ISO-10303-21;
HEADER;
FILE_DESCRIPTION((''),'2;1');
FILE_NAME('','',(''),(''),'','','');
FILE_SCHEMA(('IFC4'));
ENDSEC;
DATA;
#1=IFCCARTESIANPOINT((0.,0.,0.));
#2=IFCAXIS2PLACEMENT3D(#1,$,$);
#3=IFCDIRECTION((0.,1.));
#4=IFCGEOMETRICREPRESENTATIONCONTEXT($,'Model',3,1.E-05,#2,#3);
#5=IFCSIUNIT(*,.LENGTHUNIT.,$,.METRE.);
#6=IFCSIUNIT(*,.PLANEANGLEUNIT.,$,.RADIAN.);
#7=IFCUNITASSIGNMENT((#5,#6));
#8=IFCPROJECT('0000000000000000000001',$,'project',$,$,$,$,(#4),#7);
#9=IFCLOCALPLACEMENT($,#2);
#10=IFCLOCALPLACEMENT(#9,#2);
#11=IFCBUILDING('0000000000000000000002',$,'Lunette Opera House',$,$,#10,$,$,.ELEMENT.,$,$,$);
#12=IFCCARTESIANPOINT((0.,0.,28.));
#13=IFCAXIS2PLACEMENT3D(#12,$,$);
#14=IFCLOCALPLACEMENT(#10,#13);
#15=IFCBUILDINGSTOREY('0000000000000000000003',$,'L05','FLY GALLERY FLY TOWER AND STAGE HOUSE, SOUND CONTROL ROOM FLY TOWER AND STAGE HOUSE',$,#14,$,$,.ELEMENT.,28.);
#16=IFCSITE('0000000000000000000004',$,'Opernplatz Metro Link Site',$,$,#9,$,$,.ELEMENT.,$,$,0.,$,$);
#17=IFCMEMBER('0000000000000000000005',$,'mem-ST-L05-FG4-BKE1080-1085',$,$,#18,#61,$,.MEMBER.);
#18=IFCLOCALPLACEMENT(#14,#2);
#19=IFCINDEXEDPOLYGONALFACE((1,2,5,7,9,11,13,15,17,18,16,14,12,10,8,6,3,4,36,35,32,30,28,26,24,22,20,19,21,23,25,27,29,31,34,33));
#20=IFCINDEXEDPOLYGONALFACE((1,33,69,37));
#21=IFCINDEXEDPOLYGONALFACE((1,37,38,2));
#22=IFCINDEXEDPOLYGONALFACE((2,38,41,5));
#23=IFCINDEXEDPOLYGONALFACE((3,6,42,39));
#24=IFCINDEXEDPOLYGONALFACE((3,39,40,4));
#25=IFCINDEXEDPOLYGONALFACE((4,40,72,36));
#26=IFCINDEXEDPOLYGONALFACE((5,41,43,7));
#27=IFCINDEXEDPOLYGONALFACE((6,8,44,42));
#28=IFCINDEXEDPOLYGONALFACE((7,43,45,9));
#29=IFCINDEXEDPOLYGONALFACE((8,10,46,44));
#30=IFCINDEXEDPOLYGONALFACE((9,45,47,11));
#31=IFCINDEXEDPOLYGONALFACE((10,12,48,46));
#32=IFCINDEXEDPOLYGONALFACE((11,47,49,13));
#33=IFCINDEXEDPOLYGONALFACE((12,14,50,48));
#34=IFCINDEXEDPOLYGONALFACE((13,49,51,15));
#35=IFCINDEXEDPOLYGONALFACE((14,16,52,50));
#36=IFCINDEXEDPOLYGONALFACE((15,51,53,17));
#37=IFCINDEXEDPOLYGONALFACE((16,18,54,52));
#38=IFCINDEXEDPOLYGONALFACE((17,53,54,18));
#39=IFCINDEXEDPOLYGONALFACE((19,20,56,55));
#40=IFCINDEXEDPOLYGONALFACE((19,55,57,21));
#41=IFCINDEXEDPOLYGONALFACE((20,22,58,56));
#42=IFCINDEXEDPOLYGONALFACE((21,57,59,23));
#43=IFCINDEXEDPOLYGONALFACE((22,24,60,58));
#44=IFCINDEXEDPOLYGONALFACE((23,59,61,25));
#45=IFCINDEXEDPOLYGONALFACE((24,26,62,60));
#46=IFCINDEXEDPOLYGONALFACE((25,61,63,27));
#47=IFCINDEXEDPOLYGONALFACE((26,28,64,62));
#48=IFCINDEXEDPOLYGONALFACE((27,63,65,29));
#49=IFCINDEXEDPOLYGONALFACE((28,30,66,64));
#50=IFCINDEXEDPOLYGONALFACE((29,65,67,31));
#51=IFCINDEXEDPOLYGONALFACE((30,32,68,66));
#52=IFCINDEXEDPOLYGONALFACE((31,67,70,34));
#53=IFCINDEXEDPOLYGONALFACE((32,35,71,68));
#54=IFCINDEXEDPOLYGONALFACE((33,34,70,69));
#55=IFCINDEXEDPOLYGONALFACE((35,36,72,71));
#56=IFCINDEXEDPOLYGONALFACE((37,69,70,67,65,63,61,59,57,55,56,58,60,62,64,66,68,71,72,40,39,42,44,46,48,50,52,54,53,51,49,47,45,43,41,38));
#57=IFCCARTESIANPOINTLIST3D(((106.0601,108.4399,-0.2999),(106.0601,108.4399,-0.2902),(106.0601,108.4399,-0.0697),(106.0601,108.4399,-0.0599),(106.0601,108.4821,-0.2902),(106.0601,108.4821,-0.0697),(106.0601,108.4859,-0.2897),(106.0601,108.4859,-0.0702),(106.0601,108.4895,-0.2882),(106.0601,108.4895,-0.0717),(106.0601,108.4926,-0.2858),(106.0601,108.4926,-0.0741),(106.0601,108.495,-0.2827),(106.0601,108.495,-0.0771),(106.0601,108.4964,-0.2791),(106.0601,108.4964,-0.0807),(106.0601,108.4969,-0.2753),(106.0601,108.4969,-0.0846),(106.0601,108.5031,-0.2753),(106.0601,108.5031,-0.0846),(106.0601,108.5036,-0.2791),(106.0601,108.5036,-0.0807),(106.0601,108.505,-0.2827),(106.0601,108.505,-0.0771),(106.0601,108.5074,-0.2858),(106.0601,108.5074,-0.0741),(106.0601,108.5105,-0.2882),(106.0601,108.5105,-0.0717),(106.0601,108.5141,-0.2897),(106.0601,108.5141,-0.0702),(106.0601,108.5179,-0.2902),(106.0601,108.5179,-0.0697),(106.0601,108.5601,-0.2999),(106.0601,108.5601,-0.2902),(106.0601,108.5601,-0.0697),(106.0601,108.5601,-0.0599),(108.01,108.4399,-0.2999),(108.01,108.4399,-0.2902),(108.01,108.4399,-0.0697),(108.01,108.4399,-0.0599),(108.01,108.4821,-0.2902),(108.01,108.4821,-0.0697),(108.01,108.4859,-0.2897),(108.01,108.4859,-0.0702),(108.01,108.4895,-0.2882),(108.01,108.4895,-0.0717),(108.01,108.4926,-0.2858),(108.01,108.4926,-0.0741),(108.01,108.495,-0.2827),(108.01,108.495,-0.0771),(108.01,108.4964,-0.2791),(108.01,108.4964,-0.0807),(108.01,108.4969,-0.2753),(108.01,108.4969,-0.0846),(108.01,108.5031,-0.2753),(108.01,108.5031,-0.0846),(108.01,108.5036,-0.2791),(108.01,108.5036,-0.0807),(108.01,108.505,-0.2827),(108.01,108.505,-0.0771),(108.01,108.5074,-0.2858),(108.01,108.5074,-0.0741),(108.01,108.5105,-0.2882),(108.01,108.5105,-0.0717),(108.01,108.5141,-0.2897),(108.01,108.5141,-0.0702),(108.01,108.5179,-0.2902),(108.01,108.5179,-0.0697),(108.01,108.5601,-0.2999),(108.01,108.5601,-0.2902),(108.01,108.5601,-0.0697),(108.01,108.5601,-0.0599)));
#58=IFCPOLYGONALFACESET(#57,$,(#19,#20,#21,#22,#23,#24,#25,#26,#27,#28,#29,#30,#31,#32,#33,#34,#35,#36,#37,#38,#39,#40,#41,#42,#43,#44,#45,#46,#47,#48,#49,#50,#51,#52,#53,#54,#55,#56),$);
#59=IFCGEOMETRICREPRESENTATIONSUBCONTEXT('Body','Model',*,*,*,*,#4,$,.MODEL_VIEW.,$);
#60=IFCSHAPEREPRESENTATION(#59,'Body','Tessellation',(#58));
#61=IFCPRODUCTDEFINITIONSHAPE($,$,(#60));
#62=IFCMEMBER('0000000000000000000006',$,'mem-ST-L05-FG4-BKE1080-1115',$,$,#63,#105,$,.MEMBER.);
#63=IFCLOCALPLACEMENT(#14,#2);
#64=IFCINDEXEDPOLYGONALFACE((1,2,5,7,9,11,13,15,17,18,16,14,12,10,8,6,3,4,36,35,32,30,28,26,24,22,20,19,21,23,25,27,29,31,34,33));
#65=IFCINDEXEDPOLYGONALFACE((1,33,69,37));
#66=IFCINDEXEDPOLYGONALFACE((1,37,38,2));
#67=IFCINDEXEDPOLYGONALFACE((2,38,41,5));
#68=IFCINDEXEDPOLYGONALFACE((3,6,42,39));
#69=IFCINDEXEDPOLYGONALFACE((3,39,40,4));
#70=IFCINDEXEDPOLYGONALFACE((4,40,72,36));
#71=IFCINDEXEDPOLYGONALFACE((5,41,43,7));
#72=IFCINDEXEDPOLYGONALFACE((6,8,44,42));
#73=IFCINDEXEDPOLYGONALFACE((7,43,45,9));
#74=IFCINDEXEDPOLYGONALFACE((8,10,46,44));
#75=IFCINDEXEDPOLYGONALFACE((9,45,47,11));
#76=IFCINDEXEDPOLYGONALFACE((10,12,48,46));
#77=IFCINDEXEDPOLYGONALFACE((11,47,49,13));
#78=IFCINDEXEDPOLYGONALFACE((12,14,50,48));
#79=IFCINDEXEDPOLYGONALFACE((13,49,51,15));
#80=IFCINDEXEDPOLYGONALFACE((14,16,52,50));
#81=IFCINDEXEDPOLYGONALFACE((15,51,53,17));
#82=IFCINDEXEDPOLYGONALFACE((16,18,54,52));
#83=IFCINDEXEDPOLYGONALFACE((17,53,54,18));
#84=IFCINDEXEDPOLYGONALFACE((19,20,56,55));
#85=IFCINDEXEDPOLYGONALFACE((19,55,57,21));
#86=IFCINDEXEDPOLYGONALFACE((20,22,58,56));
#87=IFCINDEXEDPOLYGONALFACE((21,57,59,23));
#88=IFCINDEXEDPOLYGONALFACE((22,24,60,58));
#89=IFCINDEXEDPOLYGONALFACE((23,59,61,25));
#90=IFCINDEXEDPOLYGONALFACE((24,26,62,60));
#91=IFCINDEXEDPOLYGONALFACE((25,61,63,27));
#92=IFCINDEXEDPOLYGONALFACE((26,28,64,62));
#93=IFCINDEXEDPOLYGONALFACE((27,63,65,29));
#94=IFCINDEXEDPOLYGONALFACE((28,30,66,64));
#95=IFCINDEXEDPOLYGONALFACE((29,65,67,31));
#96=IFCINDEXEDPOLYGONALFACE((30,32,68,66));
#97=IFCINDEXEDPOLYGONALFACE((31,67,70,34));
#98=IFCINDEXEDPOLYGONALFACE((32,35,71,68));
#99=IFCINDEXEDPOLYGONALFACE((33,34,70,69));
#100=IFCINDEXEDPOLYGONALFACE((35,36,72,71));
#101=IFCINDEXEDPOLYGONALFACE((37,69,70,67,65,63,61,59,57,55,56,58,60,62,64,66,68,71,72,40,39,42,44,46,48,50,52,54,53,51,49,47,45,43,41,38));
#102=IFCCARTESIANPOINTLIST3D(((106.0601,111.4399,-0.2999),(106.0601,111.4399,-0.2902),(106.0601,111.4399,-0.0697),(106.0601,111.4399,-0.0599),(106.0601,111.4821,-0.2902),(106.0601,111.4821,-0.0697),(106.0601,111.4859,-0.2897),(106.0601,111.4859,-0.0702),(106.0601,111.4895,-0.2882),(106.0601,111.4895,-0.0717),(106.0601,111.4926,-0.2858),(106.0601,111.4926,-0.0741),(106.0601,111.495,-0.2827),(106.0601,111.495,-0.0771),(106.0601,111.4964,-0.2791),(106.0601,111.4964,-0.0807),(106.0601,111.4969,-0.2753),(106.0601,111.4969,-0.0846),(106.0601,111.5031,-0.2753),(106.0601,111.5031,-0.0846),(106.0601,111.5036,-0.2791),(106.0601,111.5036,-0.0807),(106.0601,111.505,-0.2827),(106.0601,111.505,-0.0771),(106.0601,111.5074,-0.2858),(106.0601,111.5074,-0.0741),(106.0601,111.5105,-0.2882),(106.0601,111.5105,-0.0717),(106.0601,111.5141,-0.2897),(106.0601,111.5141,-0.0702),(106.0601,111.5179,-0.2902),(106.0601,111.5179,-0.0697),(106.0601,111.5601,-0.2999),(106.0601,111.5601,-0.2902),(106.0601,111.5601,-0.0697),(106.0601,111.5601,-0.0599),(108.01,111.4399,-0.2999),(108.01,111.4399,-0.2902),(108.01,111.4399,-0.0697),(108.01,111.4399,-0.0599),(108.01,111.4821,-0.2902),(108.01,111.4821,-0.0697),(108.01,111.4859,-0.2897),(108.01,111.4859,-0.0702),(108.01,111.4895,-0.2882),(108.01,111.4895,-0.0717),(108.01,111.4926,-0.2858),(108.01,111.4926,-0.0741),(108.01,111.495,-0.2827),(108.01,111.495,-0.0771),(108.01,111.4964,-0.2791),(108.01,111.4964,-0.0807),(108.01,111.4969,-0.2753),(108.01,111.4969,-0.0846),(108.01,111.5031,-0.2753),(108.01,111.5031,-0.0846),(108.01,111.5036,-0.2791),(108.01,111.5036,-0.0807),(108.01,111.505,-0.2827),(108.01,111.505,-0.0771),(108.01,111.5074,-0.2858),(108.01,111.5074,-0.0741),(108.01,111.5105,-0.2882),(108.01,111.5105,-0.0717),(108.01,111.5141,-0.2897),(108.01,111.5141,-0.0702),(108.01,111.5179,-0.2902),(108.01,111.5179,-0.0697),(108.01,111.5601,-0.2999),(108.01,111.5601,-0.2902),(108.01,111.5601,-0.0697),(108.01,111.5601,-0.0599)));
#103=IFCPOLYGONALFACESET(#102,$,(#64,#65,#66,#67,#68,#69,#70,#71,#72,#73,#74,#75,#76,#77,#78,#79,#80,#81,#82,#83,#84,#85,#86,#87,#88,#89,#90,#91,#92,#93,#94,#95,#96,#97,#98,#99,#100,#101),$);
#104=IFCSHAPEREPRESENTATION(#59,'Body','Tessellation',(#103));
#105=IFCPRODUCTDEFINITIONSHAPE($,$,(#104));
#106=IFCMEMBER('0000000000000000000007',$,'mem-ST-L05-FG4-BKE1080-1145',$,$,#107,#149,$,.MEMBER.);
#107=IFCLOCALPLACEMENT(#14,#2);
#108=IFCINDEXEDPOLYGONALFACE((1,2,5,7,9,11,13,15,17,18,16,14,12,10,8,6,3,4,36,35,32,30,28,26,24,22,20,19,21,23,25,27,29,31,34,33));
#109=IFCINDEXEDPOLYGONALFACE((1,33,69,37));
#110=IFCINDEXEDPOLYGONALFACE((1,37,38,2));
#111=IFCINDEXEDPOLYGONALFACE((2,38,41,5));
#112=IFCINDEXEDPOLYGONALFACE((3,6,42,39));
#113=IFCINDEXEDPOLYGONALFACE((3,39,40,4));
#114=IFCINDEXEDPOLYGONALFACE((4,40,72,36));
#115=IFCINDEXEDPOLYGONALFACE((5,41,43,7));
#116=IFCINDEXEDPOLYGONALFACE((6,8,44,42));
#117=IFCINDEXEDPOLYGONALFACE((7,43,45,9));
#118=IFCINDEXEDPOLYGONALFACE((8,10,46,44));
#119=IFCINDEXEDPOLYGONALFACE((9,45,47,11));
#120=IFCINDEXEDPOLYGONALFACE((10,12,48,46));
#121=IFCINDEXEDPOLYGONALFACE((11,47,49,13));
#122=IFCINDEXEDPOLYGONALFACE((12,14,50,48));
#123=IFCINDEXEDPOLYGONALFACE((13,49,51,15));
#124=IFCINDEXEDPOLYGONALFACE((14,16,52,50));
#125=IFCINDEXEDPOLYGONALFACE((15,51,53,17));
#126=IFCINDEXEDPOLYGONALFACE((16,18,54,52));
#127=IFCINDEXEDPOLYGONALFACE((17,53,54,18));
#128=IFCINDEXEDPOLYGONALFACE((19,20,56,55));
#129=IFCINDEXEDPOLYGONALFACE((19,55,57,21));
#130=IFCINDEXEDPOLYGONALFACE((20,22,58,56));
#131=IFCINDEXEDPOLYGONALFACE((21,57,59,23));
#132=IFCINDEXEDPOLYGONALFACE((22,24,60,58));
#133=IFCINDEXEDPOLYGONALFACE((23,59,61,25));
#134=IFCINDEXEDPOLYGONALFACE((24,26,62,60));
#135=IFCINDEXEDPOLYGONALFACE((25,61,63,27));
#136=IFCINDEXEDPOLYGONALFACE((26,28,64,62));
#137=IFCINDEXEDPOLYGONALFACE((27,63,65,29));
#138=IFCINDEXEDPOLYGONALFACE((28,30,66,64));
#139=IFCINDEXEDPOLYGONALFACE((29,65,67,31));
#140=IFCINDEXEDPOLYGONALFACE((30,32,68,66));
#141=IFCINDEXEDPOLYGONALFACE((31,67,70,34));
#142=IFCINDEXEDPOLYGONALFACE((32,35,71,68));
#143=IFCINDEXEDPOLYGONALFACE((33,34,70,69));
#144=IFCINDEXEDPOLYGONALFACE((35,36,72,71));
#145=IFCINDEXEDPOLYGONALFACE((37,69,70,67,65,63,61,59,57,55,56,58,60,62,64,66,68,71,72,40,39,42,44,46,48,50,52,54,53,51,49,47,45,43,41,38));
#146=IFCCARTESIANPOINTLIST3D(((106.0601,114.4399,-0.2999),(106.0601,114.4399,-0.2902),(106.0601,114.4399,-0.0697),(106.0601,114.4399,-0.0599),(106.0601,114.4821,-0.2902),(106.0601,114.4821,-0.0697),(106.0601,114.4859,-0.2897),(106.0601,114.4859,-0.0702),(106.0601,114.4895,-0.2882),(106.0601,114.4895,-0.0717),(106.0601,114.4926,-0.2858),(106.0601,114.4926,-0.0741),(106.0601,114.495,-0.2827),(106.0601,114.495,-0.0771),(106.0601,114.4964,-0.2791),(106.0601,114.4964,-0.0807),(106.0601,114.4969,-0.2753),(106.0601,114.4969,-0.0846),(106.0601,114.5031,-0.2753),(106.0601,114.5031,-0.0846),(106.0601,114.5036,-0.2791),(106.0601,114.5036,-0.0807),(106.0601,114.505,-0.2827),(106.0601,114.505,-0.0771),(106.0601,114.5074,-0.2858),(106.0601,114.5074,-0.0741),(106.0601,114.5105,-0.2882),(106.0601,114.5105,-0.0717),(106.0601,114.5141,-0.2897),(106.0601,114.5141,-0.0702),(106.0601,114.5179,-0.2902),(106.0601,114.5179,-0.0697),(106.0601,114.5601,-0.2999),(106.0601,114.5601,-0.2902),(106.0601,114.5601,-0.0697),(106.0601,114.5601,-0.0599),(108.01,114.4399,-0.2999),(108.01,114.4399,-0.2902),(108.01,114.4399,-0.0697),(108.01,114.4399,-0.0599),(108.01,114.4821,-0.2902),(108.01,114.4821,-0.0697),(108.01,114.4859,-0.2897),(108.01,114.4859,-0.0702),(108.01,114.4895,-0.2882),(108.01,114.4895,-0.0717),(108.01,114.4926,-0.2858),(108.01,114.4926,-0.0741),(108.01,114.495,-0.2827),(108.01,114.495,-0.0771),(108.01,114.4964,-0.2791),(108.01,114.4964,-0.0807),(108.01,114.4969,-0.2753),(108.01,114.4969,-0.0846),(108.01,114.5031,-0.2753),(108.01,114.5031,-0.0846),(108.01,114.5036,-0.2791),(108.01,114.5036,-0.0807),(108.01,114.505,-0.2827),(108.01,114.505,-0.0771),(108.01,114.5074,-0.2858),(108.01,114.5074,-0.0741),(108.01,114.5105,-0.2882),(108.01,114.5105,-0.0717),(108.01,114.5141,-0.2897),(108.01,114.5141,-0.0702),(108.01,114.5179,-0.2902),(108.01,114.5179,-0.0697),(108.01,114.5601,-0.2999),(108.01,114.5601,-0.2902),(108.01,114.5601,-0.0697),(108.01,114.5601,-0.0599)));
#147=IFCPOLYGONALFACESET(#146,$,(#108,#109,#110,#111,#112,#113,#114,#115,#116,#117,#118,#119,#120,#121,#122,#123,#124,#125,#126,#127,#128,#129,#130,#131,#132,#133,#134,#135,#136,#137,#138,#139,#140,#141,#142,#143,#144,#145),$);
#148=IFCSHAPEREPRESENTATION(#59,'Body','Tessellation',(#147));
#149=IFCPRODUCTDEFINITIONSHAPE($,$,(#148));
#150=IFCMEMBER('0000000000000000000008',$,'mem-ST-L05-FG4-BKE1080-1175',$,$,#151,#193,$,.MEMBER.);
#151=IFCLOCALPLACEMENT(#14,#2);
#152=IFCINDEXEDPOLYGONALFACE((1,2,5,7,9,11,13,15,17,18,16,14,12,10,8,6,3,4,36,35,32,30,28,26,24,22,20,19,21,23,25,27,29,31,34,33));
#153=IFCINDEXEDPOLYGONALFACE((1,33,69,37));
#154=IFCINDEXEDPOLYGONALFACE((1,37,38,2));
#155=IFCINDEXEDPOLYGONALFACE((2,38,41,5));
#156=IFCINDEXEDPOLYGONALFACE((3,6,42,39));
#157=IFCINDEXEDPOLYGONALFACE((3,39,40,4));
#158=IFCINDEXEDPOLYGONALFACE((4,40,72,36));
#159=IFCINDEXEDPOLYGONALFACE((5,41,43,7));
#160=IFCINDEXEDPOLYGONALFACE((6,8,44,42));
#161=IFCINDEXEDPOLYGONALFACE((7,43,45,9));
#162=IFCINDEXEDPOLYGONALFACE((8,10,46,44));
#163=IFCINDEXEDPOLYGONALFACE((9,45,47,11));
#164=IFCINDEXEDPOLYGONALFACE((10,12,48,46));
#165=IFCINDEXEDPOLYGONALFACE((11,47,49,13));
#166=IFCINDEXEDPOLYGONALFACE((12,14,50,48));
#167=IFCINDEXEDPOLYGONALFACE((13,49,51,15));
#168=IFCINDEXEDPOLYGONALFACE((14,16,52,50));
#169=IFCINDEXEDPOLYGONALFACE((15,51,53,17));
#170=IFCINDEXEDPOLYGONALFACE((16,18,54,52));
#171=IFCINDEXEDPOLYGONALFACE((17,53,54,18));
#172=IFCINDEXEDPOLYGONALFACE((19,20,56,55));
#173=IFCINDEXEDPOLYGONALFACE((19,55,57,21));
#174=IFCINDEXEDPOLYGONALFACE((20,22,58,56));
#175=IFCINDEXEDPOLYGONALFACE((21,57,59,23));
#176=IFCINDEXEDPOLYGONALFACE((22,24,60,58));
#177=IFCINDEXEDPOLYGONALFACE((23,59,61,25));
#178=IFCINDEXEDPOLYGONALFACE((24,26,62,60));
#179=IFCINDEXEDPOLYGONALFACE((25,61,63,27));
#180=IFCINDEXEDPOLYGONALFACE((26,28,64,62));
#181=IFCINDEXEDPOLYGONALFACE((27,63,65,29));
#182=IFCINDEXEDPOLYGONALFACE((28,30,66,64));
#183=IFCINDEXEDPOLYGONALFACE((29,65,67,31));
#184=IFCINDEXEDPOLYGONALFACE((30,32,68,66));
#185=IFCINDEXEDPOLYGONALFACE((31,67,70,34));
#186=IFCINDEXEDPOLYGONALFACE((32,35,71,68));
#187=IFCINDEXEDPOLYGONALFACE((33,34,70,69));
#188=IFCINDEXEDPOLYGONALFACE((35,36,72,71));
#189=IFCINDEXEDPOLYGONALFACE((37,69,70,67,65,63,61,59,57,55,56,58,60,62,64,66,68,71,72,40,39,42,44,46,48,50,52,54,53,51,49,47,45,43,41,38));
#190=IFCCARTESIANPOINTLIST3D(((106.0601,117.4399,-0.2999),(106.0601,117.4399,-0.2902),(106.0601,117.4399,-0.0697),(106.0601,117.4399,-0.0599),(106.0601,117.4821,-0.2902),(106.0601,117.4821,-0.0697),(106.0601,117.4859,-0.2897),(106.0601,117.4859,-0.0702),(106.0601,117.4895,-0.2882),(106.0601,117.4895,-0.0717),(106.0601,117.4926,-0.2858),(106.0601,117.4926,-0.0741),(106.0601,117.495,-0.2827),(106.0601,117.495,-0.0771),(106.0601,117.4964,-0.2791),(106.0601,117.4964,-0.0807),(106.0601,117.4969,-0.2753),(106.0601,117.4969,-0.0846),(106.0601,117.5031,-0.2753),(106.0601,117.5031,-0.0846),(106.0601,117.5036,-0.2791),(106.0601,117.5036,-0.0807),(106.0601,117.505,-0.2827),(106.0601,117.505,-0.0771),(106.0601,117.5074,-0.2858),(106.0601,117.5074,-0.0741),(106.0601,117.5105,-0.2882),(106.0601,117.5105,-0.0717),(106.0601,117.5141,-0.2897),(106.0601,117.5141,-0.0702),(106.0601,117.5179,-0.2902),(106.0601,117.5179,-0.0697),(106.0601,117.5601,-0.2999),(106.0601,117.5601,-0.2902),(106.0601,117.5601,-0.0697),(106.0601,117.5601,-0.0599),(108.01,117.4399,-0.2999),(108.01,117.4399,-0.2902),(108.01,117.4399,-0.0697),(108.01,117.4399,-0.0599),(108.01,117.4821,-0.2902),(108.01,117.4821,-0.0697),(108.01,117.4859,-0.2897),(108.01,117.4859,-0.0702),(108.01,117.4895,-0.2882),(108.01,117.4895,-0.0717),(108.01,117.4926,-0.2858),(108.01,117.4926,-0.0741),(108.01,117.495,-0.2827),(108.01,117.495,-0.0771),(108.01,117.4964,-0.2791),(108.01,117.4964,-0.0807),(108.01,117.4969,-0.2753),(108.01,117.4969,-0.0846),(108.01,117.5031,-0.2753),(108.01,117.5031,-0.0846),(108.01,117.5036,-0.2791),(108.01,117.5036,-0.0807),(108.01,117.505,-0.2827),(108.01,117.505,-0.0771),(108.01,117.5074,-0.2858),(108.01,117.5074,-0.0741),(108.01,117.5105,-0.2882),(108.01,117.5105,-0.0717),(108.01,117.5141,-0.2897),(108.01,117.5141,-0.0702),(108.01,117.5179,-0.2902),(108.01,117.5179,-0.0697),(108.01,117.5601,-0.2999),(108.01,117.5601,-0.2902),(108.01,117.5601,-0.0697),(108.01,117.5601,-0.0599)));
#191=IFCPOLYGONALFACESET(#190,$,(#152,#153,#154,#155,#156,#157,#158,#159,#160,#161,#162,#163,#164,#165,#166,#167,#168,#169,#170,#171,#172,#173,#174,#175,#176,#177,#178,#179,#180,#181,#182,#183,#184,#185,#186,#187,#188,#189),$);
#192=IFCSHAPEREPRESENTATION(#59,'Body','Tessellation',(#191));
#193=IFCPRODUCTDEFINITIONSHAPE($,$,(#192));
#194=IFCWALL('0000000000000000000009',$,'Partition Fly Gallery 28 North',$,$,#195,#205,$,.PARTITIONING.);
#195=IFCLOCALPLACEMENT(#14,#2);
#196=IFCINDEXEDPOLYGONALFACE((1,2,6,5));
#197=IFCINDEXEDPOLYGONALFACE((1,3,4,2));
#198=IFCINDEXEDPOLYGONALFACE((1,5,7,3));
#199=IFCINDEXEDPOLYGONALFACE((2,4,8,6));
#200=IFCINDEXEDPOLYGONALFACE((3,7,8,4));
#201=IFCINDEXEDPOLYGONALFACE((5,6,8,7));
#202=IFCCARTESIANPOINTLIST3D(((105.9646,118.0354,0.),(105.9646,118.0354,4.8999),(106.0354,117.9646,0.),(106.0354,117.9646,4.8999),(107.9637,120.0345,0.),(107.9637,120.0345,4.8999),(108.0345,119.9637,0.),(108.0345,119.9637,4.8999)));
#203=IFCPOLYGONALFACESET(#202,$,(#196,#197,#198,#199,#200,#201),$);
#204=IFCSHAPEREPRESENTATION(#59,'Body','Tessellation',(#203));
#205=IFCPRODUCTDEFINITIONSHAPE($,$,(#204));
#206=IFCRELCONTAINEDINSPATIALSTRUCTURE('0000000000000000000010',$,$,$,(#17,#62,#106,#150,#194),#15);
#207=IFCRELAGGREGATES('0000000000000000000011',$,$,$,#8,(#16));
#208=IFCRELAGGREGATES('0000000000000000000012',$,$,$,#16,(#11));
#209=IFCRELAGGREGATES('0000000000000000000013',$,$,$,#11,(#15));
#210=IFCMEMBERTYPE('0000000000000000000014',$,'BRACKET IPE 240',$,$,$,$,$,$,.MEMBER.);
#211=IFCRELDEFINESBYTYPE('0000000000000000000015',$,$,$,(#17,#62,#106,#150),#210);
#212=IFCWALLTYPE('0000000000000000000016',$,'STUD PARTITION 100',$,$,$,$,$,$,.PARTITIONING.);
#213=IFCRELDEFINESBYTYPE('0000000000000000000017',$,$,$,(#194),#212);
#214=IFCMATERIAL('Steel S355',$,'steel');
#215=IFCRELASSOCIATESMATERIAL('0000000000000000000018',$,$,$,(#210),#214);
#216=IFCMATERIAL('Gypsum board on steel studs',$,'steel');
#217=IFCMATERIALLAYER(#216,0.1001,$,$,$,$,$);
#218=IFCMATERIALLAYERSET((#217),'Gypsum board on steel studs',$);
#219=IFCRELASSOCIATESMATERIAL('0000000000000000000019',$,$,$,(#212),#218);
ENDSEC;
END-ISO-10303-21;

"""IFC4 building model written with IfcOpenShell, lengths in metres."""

from ifc_helpers import new_model, si_unit, direction, frame, frame_2d, origin, origin_2d, place, context, subcontext, project, spatial, rectangle, i_section, extrude, material, layer, layer_set, material_profile, profile_set, type_object, element, save


model = new_model("IFC4")

# Units and contexts
model_context = context("Model", 3, precision=1e-05, world=origin(), true_north=direction((0.0, 1.0)))
body_context = subcontext(model_context, "Body", "Model", "MODEL_VIEW")
ifc_project = project(units=[si_unit("LENGTHUNIT", "METRE"), si_unit("PLANEANGLEUNIT", "RADIAN")], contexts=[model_context])

# Site, building, storey
site_placement = place(None, origin())
site = spatial("IfcSite", under=ifc_project, at=site_placement, Name="Opernplatz Metro Link Site", CompositionType="ELEMENT", RefElevation=0.0)
building_placement = place(site_placement, origin())
building = spatial("IfcBuilding", under=site, at=building_placement, Name="Lunette Opera House", CompositionType="ELEMENT")
storey_placement = place(building_placement, frame((0.0, 0.0, 28.0)))
storey = spatial("IfcBuildingStorey", under=building, at=storey_placement, Name="L05", Description="FLY GALLERY FLY TOWER AND STAGE HOUSE, SOUND CONTROL ROOM FLY TOWER AND STAGE HOUSE", CompositionType="ELEMENT", Elevation=28.0)

# Members
ifc_material_1 = material(Name="Steel S355", Category="steel")
ifc_material_profile = material_profile(ifc_material_1, i_section(OverallWidth=0.1201, OverallDepth=0.24, WebThickness=0.0061, FlangeThickness=0.0098, FilletRadius=0.0149, at=origin_2d()), Name="IPE 240")
ifc_profile_set = profile_set([ifc_material_profile], Name="Steel S355")
member_type = type_object("IfcMemberType", Name="BRACKET IPE 240", PredefinedType="MEMBER", material=ifc_profile_set)
for number, where, z_axis, x_axis, name in (
    (1, (108.01, 108.5, -0.1799), (-1.0, 0.0, 0.0), (0.0, -1.0, 0.0), "mem-ST-L05-FG4-BKE1080-1085"),
    (2, (108.01, 111.5, -0.1799), (-1.0, 0.0, 0.0), (0.0, -1.0, 0.0), "mem-ST-L05-FG4-BKE1080-1115"),
    (3, (108.01, 114.5, -0.1799), (-1.0, 0.0, 0.0), (0.0, -1.0, 0.0), "mem-ST-L05-FG4-BKE1080-1145"),
    (4, (108.01, 117.5, -0.1799), (-1.0, 0.0, 0.0), (0.0, -1.0, 0.0), "mem-ST-L05-FG4-BKE1080-1175"),
):
    element("IfcMember", number, at=place(storey_placement, frame(where, z_axis=z_axis, x_axis=x_axis)), inside=storey, type_object=member_type, Name=name, PredefinedType="MEMBER", context=body_context, shape_type="SweptSolid", body=[
        extrude(i_section(OverallWidth=0.1201, OverallDepth=0.24, WebThickness=0.0061, FlangeThickness=0.0098, FilletRadius=0.0149, at=origin_2d()), origin(), (0.0, 0.0, 1.0), 1.95),
    ])

# Wall
ifc_material_2 = material(Name="Gypsum board on steel studs", Category="steel")
ifc_layer_1 = layer(ifc_material_2, 0.1001)
ifc_layer_set_1 = layer_set([ifc_layer_1], Name="Gypsum board on steel studs")
wall_type = type_object("IfcWallType", Name="STUD PARTITION 100", PredefinedType="PARTITIONING", material=ifc_layer_set_1)
wall_placement = place(storey_placement, frame((106.0, 118.0, 0.0), z_axis=(0.0, 0.0, 1.0), x_axis=(0.707107, 0.707107, 0.0)))
element("IfcWall", 5, at=wall_placement, inside=storey, type_object=wall_type, Name="Partition Fly Gallery 28 North", PredefinedType="PARTITIONING", context=body_context, shape_type="SweptSolid", body=[
    extrude(rectangle(XDim=2.8271, YDim=0.1001, at=frame_2d((1.4136, 0.0))), origin(), (0.0, 0.0, 1.0), 4.8999),
])

save(model, "model.ifc")
